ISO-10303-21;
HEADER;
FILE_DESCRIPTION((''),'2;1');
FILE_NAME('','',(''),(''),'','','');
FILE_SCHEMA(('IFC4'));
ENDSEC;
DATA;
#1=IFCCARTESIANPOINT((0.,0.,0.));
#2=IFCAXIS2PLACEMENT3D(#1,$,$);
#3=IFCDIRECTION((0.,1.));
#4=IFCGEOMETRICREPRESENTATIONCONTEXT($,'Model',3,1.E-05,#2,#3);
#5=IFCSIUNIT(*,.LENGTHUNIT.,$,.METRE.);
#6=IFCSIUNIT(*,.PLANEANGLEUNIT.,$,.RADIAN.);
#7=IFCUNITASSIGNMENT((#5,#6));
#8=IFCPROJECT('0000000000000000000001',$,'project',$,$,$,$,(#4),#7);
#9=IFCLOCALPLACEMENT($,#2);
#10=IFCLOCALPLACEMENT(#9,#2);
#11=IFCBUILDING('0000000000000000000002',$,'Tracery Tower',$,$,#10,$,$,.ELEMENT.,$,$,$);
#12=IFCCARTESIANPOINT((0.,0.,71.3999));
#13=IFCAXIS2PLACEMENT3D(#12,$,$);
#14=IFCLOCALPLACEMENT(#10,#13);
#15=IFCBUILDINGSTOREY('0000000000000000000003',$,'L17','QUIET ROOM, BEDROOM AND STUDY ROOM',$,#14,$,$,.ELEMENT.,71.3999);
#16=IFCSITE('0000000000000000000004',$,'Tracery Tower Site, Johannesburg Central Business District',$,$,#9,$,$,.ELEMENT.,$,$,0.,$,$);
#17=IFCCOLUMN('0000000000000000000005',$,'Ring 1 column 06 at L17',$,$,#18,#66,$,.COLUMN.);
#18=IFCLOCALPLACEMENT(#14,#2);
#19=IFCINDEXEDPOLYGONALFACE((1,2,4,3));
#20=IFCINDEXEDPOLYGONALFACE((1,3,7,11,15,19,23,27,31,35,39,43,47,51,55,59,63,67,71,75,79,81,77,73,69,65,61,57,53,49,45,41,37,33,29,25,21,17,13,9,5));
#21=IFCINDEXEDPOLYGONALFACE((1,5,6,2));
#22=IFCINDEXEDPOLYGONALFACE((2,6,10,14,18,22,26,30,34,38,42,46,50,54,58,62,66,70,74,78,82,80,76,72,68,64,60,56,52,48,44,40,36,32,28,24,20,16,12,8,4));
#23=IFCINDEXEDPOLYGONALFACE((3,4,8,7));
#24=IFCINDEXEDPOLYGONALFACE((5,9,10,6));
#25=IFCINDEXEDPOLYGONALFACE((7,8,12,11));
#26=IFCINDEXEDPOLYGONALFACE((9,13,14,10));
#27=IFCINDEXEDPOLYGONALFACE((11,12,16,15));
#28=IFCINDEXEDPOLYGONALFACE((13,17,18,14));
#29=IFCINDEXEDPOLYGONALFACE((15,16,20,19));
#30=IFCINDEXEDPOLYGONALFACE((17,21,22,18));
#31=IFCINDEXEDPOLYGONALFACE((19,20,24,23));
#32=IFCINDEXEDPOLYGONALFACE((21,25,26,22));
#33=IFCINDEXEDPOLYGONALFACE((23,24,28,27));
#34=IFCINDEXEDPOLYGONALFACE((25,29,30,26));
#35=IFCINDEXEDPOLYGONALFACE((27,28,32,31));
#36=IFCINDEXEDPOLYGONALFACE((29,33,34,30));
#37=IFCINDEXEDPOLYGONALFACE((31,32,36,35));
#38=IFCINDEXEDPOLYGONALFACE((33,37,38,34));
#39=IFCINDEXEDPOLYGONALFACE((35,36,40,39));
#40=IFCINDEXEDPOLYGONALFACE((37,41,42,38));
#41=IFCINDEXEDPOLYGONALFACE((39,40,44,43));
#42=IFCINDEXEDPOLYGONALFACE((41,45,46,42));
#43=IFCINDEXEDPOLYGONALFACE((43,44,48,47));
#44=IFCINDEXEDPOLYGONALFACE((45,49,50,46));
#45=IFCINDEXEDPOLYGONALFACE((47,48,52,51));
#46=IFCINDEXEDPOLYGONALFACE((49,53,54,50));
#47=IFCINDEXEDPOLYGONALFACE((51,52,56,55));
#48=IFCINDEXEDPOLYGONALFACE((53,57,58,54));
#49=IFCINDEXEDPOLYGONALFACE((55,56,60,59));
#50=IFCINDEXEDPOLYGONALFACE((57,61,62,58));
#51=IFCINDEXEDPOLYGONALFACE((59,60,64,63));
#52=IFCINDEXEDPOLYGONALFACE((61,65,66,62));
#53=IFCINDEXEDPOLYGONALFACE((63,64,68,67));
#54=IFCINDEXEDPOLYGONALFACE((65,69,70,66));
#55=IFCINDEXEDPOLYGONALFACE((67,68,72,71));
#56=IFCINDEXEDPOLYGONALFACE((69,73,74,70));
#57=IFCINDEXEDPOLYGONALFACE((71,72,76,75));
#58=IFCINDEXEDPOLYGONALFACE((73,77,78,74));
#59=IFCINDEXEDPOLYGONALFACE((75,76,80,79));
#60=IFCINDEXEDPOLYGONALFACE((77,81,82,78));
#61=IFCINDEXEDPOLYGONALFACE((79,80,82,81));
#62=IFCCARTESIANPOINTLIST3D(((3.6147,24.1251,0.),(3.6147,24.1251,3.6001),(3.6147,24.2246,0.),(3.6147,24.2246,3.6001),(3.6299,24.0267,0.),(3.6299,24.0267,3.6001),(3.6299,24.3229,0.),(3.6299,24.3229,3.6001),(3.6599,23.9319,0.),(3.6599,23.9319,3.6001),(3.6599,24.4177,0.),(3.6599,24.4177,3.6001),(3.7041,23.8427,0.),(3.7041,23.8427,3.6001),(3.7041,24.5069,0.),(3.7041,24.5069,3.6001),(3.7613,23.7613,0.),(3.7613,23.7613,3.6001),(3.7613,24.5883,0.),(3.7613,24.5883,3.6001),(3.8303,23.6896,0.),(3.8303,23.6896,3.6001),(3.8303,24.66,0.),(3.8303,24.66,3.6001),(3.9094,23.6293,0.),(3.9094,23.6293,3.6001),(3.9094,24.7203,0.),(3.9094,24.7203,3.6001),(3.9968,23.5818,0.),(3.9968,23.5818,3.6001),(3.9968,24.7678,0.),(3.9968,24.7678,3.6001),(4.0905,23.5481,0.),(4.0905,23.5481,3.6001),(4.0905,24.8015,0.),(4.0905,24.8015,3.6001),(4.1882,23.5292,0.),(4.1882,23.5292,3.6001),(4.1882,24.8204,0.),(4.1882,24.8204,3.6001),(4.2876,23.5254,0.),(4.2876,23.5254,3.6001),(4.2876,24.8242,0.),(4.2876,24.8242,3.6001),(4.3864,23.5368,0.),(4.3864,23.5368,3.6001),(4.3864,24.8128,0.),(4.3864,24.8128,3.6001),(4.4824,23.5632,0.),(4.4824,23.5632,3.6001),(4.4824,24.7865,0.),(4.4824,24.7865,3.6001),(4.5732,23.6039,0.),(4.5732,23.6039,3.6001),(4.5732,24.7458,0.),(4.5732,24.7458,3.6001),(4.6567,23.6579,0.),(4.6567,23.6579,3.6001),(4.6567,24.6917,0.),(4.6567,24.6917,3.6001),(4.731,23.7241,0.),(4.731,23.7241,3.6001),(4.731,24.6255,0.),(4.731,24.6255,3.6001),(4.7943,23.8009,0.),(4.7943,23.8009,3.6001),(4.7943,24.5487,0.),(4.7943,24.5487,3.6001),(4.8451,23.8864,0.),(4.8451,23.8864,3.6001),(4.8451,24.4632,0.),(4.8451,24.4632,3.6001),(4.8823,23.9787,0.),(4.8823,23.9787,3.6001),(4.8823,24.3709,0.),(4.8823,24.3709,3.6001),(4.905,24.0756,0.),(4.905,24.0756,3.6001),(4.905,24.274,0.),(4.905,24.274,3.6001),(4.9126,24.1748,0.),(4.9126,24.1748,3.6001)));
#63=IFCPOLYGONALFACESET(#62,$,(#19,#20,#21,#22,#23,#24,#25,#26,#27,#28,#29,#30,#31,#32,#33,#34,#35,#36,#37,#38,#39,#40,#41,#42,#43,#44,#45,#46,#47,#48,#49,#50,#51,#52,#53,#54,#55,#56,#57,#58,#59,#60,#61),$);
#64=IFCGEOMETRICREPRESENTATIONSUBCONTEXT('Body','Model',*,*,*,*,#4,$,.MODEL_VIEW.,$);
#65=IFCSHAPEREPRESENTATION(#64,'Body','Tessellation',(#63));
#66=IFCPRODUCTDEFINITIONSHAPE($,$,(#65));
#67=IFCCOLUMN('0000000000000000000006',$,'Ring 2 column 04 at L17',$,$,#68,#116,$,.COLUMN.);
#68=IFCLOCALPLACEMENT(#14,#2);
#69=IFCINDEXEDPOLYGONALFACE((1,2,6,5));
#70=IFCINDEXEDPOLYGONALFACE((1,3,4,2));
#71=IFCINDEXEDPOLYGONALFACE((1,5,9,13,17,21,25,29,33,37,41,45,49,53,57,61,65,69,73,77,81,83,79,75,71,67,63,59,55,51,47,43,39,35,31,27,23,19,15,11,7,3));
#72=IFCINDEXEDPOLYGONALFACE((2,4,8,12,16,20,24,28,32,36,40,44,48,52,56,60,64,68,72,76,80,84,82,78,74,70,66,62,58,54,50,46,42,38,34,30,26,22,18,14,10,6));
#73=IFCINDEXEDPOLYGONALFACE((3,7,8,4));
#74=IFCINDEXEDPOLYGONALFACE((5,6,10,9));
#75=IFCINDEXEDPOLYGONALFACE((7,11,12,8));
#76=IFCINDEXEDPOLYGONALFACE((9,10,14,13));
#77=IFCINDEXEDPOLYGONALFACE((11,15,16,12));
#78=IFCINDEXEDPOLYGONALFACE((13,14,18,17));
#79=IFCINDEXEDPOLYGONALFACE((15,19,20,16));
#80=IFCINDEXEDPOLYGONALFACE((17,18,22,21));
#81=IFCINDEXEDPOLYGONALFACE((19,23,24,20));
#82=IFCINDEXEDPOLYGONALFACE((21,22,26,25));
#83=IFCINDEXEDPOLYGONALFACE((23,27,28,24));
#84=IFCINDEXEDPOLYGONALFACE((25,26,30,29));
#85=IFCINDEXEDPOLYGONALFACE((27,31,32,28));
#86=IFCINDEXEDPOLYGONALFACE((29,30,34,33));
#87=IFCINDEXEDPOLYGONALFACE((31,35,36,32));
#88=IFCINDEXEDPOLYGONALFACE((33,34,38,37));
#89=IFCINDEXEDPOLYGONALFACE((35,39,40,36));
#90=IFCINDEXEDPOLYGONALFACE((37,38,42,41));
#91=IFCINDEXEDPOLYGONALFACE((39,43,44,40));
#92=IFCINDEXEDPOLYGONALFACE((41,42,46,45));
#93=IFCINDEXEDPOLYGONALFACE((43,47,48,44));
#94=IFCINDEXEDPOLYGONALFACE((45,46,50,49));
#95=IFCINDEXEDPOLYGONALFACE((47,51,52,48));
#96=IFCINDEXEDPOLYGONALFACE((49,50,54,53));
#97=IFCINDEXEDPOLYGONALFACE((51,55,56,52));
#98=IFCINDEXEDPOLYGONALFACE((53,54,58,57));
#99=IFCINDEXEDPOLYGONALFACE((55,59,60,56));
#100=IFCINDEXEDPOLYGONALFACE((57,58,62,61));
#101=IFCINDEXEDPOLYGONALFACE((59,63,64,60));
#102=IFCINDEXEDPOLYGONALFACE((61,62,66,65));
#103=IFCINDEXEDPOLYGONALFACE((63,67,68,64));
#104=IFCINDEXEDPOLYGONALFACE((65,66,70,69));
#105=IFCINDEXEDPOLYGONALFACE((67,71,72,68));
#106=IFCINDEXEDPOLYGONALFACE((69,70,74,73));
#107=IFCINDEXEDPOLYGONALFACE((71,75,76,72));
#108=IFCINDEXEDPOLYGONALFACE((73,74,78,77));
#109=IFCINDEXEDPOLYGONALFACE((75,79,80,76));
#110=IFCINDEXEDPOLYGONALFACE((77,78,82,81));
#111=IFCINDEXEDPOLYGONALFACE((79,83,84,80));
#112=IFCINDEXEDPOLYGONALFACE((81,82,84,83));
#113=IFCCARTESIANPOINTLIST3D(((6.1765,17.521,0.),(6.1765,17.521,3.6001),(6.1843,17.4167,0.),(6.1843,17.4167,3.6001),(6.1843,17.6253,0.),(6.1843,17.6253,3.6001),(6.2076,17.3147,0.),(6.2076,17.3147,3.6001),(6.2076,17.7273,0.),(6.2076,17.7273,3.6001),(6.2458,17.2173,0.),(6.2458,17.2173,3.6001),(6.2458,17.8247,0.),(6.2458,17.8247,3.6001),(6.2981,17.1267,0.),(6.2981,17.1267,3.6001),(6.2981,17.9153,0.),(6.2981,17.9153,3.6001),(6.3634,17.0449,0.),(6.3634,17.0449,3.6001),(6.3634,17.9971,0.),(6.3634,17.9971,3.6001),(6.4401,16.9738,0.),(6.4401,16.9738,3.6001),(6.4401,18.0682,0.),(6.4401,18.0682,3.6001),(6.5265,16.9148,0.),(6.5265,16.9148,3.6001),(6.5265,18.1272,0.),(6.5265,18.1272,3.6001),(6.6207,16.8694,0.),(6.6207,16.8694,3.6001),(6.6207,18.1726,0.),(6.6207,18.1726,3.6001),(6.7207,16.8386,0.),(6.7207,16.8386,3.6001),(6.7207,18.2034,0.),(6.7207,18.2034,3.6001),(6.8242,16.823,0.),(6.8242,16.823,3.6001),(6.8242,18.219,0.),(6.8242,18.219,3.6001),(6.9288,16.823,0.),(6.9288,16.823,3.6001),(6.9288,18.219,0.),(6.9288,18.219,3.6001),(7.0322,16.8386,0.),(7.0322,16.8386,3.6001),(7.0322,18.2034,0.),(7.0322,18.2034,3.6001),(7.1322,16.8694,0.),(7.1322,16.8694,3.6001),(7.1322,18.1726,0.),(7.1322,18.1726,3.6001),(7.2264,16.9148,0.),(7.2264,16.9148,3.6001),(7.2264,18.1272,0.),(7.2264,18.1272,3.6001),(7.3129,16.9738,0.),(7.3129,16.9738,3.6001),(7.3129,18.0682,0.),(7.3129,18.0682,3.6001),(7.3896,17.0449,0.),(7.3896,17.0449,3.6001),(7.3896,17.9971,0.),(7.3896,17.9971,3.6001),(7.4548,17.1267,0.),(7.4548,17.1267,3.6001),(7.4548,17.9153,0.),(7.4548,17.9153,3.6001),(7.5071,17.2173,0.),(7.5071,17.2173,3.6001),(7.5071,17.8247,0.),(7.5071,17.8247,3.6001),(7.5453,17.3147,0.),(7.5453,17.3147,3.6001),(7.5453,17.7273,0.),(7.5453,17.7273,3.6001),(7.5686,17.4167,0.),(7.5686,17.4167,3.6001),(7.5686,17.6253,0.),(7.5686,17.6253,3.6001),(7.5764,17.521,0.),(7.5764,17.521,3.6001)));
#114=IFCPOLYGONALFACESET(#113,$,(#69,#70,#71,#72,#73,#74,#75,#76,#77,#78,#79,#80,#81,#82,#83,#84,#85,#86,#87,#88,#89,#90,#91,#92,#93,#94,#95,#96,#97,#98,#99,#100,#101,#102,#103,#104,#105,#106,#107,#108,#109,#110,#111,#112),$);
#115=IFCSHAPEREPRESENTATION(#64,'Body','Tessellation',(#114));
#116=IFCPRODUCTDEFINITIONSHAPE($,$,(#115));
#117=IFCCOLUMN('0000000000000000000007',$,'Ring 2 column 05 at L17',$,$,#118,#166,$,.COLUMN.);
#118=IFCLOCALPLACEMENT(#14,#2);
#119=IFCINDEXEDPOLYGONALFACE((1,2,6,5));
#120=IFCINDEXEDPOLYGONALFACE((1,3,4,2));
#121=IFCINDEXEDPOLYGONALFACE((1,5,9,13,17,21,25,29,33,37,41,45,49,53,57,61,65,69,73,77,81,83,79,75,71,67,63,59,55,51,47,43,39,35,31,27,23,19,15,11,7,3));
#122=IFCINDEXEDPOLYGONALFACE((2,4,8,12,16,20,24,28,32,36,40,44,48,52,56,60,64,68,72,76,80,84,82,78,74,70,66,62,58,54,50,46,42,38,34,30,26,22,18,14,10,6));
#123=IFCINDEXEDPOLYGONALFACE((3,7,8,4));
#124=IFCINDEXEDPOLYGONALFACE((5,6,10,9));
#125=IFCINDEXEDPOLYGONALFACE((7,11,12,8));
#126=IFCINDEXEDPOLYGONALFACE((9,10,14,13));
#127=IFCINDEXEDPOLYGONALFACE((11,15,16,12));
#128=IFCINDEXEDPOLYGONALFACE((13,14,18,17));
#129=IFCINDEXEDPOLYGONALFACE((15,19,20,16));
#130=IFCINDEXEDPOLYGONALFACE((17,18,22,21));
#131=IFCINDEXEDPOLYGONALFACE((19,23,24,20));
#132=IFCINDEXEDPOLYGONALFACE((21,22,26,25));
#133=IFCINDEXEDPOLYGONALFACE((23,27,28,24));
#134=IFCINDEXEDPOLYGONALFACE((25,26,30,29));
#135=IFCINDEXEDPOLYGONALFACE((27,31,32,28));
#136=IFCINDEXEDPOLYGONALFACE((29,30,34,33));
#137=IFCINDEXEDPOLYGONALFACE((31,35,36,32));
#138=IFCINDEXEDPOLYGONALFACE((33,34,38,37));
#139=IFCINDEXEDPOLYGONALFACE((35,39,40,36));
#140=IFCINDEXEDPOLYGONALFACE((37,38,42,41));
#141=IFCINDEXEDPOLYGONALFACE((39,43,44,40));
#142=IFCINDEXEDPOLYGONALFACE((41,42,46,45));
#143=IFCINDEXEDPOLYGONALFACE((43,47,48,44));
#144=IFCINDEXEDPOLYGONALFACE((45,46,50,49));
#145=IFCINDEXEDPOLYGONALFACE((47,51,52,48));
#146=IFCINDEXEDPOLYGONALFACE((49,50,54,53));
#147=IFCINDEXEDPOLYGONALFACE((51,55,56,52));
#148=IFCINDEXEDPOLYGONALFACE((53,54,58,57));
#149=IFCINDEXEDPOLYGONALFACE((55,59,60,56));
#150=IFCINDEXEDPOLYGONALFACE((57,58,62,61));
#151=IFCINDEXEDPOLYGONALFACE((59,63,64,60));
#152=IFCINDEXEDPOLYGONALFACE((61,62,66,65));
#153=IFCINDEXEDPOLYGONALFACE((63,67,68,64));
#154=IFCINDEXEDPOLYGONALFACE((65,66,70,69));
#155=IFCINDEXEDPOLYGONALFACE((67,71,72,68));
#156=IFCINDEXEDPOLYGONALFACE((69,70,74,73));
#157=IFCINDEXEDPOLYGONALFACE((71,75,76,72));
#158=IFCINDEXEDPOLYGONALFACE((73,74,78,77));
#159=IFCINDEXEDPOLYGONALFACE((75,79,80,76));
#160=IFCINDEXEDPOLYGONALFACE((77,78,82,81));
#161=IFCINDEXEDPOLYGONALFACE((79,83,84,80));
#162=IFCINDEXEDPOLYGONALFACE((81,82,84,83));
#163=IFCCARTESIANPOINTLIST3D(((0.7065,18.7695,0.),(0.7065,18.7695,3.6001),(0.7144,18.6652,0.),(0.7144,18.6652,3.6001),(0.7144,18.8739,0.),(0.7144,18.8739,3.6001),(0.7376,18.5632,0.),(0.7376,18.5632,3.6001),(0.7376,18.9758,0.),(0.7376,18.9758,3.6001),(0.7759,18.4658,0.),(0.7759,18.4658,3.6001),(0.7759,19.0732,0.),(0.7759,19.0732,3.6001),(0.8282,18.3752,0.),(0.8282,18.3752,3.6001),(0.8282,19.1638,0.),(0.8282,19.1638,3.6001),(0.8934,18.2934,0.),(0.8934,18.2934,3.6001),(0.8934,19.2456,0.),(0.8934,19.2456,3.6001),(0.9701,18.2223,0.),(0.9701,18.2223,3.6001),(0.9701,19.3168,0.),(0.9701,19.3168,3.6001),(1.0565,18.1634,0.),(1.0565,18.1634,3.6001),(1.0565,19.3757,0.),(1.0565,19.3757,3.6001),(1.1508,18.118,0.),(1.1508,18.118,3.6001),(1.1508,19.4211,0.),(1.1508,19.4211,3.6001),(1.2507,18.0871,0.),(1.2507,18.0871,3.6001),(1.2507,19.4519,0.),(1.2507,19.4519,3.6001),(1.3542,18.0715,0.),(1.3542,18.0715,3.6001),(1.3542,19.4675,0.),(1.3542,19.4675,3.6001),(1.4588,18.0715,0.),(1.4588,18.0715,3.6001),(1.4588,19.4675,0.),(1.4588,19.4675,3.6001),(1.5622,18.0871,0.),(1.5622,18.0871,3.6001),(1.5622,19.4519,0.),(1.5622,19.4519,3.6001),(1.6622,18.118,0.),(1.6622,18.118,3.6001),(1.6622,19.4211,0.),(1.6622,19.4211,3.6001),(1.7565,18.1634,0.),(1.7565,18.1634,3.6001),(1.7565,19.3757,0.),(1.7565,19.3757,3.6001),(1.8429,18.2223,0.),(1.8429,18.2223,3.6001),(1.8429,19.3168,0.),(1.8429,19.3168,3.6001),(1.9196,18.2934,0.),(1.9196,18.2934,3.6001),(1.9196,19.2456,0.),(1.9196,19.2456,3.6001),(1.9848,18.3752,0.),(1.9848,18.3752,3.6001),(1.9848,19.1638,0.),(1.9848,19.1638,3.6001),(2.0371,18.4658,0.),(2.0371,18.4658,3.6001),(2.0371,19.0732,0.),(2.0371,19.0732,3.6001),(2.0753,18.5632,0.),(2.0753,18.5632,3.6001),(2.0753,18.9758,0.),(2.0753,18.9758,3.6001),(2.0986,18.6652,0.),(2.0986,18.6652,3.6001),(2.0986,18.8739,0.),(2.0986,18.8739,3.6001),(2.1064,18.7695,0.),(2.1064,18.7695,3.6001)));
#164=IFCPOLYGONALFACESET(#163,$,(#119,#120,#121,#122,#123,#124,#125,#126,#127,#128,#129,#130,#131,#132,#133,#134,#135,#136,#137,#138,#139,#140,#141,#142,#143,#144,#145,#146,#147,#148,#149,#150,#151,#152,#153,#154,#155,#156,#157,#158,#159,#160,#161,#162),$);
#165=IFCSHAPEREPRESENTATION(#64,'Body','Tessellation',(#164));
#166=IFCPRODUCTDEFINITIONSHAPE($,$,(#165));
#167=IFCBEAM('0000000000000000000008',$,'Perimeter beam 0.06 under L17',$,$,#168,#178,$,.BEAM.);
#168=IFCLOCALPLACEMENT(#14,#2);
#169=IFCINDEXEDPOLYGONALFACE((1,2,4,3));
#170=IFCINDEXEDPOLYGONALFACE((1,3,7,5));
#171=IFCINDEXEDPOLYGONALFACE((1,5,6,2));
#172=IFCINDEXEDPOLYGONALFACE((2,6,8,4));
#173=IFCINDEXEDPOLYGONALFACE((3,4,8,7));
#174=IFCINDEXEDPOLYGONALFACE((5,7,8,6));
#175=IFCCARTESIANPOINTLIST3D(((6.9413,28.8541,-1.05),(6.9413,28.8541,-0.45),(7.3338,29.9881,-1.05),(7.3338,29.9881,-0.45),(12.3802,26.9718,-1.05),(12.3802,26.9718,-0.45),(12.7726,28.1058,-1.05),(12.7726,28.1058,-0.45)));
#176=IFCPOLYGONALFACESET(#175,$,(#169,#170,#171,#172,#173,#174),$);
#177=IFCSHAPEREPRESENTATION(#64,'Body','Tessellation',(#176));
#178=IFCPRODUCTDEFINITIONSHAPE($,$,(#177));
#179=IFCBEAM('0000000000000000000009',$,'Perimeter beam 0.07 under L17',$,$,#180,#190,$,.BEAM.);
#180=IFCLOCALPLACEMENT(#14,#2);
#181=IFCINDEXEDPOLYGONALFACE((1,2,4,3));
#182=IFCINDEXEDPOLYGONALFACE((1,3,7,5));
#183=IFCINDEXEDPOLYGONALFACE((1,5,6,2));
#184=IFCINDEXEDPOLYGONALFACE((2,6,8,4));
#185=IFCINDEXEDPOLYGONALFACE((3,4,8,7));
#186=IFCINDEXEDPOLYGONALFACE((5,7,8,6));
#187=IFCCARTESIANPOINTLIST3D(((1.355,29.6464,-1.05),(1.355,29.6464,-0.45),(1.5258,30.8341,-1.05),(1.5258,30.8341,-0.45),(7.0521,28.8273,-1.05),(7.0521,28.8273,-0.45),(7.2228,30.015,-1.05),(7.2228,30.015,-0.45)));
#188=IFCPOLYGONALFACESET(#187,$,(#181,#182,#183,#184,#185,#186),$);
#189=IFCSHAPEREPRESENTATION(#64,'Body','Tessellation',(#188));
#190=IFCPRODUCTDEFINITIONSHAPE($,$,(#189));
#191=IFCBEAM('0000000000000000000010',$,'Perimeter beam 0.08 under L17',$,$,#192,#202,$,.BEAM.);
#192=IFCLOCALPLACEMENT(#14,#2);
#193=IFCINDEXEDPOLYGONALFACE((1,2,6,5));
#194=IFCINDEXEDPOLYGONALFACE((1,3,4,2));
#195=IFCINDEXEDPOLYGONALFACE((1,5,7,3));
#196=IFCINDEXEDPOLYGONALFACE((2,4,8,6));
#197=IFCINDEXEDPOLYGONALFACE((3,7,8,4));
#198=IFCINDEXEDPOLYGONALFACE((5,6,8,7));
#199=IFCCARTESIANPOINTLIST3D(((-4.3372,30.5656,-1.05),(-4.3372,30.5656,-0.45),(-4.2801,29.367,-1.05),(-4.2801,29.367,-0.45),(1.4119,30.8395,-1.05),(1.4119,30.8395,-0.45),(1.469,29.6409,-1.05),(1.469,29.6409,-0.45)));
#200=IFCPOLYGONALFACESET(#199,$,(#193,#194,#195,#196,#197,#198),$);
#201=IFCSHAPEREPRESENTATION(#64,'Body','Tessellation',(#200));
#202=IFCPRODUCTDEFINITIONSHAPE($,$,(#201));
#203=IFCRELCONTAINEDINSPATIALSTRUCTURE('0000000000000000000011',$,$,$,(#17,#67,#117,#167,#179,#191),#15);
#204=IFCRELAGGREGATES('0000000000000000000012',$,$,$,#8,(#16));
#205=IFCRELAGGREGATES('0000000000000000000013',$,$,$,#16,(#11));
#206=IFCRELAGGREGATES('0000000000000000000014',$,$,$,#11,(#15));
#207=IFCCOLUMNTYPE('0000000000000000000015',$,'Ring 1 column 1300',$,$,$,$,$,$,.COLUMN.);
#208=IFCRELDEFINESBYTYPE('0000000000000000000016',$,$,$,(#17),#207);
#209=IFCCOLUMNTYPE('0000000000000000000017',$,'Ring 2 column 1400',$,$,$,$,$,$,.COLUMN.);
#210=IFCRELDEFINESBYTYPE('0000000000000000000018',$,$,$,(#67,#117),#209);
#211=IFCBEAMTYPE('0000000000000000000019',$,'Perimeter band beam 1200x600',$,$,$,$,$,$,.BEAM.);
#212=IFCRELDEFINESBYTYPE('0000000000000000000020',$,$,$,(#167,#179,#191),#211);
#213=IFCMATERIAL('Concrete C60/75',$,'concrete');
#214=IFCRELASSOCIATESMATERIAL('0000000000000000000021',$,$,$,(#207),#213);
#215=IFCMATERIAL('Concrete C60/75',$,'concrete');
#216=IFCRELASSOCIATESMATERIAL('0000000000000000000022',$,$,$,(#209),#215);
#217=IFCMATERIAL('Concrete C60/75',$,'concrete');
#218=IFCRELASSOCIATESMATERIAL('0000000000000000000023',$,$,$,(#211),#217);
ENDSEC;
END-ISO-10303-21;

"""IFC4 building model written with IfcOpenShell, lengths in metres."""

from ifc_helpers import new_model, si_unit, direction, frame, origin, origin_2d, place, context, subcontext, project, spatial, rectangle, circle, extrude, material, material_profile, profile_set, type_object, element, save


model = new_model("IFC4")

# Units and contexts
model_context = context("Model", 3, precision=1e-05, world=origin(), true_north=direction((0.0, 1.0)))
body_context = subcontext(model_context, "Body", "Model", "MODEL_VIEW")
ifc_project = project(units=[si_unit("LENGTHUNIT", "METRE"), si_unit("PLANEANGLEUNIT", "RADIAN")], contexts=[model_context])

# Site, building, storey
site_placement = place(None, origin())
site = spatial("IfcSite", under=ifc_project, at=site_placement, Name="Tracery Tower Site, Johannesburg Central Business District", CompositionType="ELEMENT", RefElevation=0.0)
building_placement = place(site_placement, origin())
building = spatial("IfcBuilding", under=site, at=building_placement, Name="Tracery Tower", CompositionType="ELEMENT")
storey_placement = place(building_placement, frame((0.0, 0.0, 71.3999)))
storey = spatial("IfcBuildingStorey", under=building, at=storey_placement, Name="L17", Description="QUIET ROOM, BEDROOM AND STUDY ROOM", CompositionType="ELEMENT", Elevation=71.3999)

# Columns
ifc_material_1 = material(Name="Concrete C60/75", Category="concrete")
ifc_material_profile_1 = material_profile(ifc_material_1, circle(Radius=0.6499, at=origin_2d()), Name="RC D1300")
ifc_profile_set_1 = profile_set([ifc_material_profile_1], Name="Concrete C60/75")
column_type_1 = type_object("IfcColumnType", Name="Ring 1 column 1300", PredefinedType="COLUMN", material=ifc_profile_set_1)
for number, where, z_axis, x_axis, name in (
    (1, (4.2627, 24.1748, 0.0), (0.0, 0.0, 1.0), (1.0, 0.0, 0.0), "Ring 1 column 06 at L17"),
):
    element("IfcColumn", number, at=place(storey_placement, frame(where, z_axis=z_axis, x_axis=x_axis)), inside=storey, type_object=column_type_1, Name=name, PredefinedType="COLUMN", context=body_context, shape_type="SweptSolid", body=[
        extrude(circle(Radius=0.6499, at=origin_2d()), origin(), (0.0, 0.0, 1.0), 3.6001),
    ])
ifc_material_2 = material(Name="Concrete C60/75", Category="concrete")
ifc_material_profile_2 = material_profile(ifc_material_2, circle(Radius=0.7, at=origin_2d()), Name="RC D1400")
ifc_profile_set_2 = profile_set([ifc_material_profile_2], Name="Concrete C60/75")
column_type_2 = type_object("IfcColumnType", Name="Ring 2 column 1400", PredefinedType="COLUMN", material=ifc_profile_set_2)
for number, where, z_axis, x_axis, name in (
    (2, (6.8765, 17.521, 0.0), (0.0, 0.0, 1.0), (1.0, 0.0, 0.0), "Ring 2 column 04 at L17"),
    (3, (1.4065, 18.7695, 0.0), (0.0, 0.0, 1.0), (1.0, 0.0, 0.0), "Ring 2 column 05 at L17"),
):
    element("IfcColumn", number, at=place(storey_placement, frame(where, z_axis=z_axis, x_axis=x_axis)), inside=storey, type_object=column_type_2, Name=name, PredefinedType="COLUMN", context=body_context, shape_type="SweptSolid", body=[
        extrude(circle(Radius=0.7, at=origin_2d()), origin(), (0.0, 0.0, 1.0), 3.6001),
    ])

# Beams
ifc_material_3 = material(Name="Concrete C60/75", Category="concrete")
ifc_material_profile_3 = material_profile(ifc_material_3, rectangle(XDim=1.2, YDim=0.6001, at=origin_2d()), Name="RC 1200x600")
ifc_profile_set_3 = profile_set([ifc_material_profile_3], Name="Concrete C60/75")
beam_type = type_object("IfcBeamType", Name="Perimeter band beam 1200x600", PredefinedType="BEAM", material=ifc_profile_set_3)
beam_placement = place(storey_placement, frame((12.5764, 27.5388, -0.75), z_axis=(-0.945007, 0.327049, 0.0), x_axis=(-0.327049, -0.945007, 0.0)))
element("IfcBeam", 4, at=beam_placement, inside=storey, type_object=beam_type, Name="Perimeter beam 0.06 under L17", PredefinedType="BEAM", context=body_context, shape_type="SweptSolid", body=[
    extrude(rectangle(XDim=1.2, YDim=0.6001, at=origin_2d()), origin(), (0.0, 0.0, 1.0), 5.7554),
])
for number, where, z_axis, x_axis, name in (
    (5, (7.1375, 29.4211, -0.75), (-0.989822, 0.142312, 0.0), (-0.142312, -0.989822, 0.0), "Perimeter beam 0.07 under L17"),
    (6, (1.4404, 30.2402, -0.75), (-0.998867, -0.047593, 0.0), (0.047593, -0.998867, 0.0), "Perimeter beam 0.08 under L17"),
):
    element("IfcBeam", number, at=place(storey_placement, frame(where, z_axis=z_axis, x_axis=x_axis)), inside=storey, type_object=beam_type, Name=name, PredefinedType="BEAM", context=body_context, shape_type="SweptSolid", body=[
        extrude(rectangle(XDim=1.2, YDim=0.6001, at=origin_2d()), origin(), (0.0, 0.0, 1.0), 5.7556),
    ])

save(model, "model.ifc")
